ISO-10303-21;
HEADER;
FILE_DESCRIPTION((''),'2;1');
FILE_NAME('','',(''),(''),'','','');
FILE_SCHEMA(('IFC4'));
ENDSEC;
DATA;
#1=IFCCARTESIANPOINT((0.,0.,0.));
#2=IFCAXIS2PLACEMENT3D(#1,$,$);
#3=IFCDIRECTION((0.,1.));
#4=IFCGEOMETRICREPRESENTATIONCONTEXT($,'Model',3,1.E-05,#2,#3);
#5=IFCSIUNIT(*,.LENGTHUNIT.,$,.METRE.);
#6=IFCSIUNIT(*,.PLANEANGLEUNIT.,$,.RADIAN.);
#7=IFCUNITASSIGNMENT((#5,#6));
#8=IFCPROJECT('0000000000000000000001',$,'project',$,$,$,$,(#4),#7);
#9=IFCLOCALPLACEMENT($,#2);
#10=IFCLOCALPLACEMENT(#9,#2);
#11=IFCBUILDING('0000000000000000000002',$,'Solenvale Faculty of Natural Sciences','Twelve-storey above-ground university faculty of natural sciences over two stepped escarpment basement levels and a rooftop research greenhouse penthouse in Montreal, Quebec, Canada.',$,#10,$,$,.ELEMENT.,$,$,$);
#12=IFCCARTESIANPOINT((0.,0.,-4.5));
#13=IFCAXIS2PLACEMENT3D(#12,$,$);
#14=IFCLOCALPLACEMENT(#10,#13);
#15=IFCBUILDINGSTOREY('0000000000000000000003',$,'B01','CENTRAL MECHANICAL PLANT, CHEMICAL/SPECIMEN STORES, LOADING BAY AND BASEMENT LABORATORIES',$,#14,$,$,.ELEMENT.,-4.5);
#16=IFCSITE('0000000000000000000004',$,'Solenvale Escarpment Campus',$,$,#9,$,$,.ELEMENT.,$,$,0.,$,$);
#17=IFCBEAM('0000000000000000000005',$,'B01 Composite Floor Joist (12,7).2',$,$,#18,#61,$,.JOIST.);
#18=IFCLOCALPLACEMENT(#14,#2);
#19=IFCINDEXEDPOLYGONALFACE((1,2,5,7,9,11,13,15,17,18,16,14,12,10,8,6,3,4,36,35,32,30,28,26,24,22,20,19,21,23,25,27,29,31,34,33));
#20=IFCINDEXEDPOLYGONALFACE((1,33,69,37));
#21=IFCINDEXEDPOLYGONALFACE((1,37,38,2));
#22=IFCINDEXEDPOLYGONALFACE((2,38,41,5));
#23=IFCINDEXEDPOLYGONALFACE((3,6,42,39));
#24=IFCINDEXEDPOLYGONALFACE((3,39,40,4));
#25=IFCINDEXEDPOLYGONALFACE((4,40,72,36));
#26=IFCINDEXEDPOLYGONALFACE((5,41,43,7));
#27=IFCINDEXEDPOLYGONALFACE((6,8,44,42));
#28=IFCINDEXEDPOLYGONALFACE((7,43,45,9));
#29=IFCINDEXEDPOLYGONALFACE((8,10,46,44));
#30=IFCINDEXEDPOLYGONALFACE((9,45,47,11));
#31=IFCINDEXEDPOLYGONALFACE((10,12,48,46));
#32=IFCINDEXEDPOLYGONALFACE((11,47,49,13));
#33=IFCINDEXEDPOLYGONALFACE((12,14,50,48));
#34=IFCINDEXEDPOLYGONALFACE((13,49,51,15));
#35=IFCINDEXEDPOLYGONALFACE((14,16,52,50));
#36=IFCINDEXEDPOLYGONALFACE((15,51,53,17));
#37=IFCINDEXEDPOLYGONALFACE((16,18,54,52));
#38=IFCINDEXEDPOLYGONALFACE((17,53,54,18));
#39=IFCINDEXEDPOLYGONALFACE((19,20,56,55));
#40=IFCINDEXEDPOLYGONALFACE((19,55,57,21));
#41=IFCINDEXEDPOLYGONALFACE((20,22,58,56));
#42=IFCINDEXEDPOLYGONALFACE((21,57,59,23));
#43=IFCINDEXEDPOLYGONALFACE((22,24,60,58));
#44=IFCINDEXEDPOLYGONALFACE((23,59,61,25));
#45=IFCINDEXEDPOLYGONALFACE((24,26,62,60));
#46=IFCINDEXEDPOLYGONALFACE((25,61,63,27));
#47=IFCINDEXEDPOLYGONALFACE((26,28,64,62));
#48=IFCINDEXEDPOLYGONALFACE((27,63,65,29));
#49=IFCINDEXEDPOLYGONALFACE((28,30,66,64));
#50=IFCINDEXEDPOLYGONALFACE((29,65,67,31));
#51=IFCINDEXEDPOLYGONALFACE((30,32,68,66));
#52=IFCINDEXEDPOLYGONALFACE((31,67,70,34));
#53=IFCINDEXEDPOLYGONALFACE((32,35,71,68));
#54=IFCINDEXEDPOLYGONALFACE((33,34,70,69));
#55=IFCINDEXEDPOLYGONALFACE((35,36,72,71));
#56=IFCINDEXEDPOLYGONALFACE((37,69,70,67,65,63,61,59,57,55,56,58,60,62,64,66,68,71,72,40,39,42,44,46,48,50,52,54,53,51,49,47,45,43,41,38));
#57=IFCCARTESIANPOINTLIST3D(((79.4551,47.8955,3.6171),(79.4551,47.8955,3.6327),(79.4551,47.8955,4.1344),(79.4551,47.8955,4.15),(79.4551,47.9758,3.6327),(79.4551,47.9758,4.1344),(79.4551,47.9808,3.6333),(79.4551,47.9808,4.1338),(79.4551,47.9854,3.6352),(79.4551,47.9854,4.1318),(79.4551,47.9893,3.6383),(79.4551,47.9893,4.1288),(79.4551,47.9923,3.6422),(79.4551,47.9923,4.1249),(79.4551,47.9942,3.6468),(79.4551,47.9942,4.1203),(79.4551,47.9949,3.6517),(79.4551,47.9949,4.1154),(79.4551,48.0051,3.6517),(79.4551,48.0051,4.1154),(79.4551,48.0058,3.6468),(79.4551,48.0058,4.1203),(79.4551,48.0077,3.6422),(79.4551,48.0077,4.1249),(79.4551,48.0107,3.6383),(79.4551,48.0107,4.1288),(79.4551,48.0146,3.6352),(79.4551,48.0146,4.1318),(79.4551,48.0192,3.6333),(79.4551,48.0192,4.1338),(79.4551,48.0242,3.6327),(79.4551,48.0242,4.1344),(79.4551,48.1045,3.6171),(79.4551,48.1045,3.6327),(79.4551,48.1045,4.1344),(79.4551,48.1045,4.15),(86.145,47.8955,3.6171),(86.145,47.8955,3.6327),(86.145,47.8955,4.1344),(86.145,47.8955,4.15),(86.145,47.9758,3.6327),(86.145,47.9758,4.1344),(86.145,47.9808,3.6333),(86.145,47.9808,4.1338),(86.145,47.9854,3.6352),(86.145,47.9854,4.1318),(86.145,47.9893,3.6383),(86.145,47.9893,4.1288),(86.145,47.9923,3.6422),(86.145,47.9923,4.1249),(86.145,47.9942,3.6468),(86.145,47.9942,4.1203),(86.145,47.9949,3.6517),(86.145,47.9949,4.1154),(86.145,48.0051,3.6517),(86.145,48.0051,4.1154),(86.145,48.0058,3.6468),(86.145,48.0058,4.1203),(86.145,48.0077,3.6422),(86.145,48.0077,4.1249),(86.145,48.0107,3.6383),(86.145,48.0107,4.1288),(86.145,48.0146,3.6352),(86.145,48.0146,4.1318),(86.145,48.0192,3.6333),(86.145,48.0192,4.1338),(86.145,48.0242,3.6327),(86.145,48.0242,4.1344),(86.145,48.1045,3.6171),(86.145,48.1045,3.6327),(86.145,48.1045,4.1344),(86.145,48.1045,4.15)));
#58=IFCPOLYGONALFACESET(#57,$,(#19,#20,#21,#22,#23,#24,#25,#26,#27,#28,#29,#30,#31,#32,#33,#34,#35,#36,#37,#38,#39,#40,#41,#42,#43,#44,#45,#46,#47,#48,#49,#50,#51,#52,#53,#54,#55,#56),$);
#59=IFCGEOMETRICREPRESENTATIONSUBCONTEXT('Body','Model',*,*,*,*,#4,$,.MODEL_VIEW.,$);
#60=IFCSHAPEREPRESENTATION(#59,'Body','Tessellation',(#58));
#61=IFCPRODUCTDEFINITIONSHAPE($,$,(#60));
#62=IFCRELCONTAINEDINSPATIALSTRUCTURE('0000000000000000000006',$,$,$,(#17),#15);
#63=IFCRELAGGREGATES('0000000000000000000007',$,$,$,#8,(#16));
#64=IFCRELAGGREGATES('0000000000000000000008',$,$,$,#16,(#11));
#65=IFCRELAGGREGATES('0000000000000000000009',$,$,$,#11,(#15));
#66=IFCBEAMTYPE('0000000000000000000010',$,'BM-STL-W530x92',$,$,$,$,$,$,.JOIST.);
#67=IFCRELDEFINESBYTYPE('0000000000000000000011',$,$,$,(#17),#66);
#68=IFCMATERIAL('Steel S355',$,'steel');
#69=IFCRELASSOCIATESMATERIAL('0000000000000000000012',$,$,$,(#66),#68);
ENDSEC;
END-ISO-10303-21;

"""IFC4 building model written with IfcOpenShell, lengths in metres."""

from ifc_helpers import new_model, si_unit, direction, frame, origin, origin_2d, place, context, subcontext, project, spatial, i_section, extrude, material, material_profile, profile_set, type_object, element, save


model = new_model("IFC4")

# Units and contexts
model_context = context("Model", 3, precision=1e-05, world=origin(), true_north=direction((0.0, 1.0)))
body_context = subcontext(model_context, "Body", "Model", "MODEL_VIEW")
ifc_project = project(units=[si_unit("LENGTHUNIT", "METRE"), si_unit("PLANEANGLEUNIT", "RADIAN")], contexts=[model_context])

# Site, building, storey
site_placement = place(None, origin())
site = spatial("IfcSite", under=ifc_project, at=site_placement, Name="Solenvale Escarpment Campus", CompositionType="ELEMENT", RefElevation=0.0)
building_placement = place(site_placement, origin())
building = spatial("IfcBuilding", under=site, at=building_placement, Name="Solenvale Faculty of Natural Sciences", Description="Twelve-storey above-ground university faculty of natural sciences over two stepped escarpment basement levels and a rooftop research greenhouse penthouse in Montreal, Quebec, Canada.", CompositionType="ELEMENT")
storey_placement = place(building_placement, frame((0.0, 0.0, -4.5)))
storey = spatial("IfcBuildingStorey", under=building, at=storey_placement, Name="B01", Description="CENTRAL MECHANICAL PLANT, CHEMICAL/SPECIMEN STORES, LOADING BAY AND BASEMENT LABORATORIES", CompositionType="ELEMENT", Elevation=-4.5)

# Beam
ifc_material_1 = material(Name="Steel S355", Category="steel")
ifc_material_profile_1 = material_profile(ifc_material_1, i_section(OverallWidth=0.209, OverallDepth=0.533, WebThickness=0.0103, FlangeThickness=0.0156, FilletRadius=0.019, at=origin_2d()), Name="W530x92")
ifc_profile_set_1 = profile_set([ifc_material_profile_1], Name="Steel S355")
beam_type_1 = type_object("IfcBeamType", Name="BM-STL-W530x92", PredefinedType="JOIST", material=ifc_profile_set_1)
for number, where, z_axis, x_axis, name in (
    (1, (79.4551, 48.0, 3.8835), (1.0, 0.0, 0.0), (0.0, 1.0, 0.0), "B01 Composite Floor Joist (12,7).2"),
):
    element("IfcBeam", number, at=place(storey_placement, frame(where, z_axis=z_axis, x_axis=x_axis)), inside=storey, type_object=beam_type_1, Name=name, PredefinedType="JOIST", context=body_context, shape_type="SweptSolid", body=[
        extrude(i_section(OverallWidth=0.209, OverallDepth=0.533, WebThickness=0.0103, FlangeThickness=0.0156, FilletRadius=0.019, at=origin_2d()), origin(), (0.0, 0.0, 1.0), 6.6899),
    ])

save(model, "model.ifc")
